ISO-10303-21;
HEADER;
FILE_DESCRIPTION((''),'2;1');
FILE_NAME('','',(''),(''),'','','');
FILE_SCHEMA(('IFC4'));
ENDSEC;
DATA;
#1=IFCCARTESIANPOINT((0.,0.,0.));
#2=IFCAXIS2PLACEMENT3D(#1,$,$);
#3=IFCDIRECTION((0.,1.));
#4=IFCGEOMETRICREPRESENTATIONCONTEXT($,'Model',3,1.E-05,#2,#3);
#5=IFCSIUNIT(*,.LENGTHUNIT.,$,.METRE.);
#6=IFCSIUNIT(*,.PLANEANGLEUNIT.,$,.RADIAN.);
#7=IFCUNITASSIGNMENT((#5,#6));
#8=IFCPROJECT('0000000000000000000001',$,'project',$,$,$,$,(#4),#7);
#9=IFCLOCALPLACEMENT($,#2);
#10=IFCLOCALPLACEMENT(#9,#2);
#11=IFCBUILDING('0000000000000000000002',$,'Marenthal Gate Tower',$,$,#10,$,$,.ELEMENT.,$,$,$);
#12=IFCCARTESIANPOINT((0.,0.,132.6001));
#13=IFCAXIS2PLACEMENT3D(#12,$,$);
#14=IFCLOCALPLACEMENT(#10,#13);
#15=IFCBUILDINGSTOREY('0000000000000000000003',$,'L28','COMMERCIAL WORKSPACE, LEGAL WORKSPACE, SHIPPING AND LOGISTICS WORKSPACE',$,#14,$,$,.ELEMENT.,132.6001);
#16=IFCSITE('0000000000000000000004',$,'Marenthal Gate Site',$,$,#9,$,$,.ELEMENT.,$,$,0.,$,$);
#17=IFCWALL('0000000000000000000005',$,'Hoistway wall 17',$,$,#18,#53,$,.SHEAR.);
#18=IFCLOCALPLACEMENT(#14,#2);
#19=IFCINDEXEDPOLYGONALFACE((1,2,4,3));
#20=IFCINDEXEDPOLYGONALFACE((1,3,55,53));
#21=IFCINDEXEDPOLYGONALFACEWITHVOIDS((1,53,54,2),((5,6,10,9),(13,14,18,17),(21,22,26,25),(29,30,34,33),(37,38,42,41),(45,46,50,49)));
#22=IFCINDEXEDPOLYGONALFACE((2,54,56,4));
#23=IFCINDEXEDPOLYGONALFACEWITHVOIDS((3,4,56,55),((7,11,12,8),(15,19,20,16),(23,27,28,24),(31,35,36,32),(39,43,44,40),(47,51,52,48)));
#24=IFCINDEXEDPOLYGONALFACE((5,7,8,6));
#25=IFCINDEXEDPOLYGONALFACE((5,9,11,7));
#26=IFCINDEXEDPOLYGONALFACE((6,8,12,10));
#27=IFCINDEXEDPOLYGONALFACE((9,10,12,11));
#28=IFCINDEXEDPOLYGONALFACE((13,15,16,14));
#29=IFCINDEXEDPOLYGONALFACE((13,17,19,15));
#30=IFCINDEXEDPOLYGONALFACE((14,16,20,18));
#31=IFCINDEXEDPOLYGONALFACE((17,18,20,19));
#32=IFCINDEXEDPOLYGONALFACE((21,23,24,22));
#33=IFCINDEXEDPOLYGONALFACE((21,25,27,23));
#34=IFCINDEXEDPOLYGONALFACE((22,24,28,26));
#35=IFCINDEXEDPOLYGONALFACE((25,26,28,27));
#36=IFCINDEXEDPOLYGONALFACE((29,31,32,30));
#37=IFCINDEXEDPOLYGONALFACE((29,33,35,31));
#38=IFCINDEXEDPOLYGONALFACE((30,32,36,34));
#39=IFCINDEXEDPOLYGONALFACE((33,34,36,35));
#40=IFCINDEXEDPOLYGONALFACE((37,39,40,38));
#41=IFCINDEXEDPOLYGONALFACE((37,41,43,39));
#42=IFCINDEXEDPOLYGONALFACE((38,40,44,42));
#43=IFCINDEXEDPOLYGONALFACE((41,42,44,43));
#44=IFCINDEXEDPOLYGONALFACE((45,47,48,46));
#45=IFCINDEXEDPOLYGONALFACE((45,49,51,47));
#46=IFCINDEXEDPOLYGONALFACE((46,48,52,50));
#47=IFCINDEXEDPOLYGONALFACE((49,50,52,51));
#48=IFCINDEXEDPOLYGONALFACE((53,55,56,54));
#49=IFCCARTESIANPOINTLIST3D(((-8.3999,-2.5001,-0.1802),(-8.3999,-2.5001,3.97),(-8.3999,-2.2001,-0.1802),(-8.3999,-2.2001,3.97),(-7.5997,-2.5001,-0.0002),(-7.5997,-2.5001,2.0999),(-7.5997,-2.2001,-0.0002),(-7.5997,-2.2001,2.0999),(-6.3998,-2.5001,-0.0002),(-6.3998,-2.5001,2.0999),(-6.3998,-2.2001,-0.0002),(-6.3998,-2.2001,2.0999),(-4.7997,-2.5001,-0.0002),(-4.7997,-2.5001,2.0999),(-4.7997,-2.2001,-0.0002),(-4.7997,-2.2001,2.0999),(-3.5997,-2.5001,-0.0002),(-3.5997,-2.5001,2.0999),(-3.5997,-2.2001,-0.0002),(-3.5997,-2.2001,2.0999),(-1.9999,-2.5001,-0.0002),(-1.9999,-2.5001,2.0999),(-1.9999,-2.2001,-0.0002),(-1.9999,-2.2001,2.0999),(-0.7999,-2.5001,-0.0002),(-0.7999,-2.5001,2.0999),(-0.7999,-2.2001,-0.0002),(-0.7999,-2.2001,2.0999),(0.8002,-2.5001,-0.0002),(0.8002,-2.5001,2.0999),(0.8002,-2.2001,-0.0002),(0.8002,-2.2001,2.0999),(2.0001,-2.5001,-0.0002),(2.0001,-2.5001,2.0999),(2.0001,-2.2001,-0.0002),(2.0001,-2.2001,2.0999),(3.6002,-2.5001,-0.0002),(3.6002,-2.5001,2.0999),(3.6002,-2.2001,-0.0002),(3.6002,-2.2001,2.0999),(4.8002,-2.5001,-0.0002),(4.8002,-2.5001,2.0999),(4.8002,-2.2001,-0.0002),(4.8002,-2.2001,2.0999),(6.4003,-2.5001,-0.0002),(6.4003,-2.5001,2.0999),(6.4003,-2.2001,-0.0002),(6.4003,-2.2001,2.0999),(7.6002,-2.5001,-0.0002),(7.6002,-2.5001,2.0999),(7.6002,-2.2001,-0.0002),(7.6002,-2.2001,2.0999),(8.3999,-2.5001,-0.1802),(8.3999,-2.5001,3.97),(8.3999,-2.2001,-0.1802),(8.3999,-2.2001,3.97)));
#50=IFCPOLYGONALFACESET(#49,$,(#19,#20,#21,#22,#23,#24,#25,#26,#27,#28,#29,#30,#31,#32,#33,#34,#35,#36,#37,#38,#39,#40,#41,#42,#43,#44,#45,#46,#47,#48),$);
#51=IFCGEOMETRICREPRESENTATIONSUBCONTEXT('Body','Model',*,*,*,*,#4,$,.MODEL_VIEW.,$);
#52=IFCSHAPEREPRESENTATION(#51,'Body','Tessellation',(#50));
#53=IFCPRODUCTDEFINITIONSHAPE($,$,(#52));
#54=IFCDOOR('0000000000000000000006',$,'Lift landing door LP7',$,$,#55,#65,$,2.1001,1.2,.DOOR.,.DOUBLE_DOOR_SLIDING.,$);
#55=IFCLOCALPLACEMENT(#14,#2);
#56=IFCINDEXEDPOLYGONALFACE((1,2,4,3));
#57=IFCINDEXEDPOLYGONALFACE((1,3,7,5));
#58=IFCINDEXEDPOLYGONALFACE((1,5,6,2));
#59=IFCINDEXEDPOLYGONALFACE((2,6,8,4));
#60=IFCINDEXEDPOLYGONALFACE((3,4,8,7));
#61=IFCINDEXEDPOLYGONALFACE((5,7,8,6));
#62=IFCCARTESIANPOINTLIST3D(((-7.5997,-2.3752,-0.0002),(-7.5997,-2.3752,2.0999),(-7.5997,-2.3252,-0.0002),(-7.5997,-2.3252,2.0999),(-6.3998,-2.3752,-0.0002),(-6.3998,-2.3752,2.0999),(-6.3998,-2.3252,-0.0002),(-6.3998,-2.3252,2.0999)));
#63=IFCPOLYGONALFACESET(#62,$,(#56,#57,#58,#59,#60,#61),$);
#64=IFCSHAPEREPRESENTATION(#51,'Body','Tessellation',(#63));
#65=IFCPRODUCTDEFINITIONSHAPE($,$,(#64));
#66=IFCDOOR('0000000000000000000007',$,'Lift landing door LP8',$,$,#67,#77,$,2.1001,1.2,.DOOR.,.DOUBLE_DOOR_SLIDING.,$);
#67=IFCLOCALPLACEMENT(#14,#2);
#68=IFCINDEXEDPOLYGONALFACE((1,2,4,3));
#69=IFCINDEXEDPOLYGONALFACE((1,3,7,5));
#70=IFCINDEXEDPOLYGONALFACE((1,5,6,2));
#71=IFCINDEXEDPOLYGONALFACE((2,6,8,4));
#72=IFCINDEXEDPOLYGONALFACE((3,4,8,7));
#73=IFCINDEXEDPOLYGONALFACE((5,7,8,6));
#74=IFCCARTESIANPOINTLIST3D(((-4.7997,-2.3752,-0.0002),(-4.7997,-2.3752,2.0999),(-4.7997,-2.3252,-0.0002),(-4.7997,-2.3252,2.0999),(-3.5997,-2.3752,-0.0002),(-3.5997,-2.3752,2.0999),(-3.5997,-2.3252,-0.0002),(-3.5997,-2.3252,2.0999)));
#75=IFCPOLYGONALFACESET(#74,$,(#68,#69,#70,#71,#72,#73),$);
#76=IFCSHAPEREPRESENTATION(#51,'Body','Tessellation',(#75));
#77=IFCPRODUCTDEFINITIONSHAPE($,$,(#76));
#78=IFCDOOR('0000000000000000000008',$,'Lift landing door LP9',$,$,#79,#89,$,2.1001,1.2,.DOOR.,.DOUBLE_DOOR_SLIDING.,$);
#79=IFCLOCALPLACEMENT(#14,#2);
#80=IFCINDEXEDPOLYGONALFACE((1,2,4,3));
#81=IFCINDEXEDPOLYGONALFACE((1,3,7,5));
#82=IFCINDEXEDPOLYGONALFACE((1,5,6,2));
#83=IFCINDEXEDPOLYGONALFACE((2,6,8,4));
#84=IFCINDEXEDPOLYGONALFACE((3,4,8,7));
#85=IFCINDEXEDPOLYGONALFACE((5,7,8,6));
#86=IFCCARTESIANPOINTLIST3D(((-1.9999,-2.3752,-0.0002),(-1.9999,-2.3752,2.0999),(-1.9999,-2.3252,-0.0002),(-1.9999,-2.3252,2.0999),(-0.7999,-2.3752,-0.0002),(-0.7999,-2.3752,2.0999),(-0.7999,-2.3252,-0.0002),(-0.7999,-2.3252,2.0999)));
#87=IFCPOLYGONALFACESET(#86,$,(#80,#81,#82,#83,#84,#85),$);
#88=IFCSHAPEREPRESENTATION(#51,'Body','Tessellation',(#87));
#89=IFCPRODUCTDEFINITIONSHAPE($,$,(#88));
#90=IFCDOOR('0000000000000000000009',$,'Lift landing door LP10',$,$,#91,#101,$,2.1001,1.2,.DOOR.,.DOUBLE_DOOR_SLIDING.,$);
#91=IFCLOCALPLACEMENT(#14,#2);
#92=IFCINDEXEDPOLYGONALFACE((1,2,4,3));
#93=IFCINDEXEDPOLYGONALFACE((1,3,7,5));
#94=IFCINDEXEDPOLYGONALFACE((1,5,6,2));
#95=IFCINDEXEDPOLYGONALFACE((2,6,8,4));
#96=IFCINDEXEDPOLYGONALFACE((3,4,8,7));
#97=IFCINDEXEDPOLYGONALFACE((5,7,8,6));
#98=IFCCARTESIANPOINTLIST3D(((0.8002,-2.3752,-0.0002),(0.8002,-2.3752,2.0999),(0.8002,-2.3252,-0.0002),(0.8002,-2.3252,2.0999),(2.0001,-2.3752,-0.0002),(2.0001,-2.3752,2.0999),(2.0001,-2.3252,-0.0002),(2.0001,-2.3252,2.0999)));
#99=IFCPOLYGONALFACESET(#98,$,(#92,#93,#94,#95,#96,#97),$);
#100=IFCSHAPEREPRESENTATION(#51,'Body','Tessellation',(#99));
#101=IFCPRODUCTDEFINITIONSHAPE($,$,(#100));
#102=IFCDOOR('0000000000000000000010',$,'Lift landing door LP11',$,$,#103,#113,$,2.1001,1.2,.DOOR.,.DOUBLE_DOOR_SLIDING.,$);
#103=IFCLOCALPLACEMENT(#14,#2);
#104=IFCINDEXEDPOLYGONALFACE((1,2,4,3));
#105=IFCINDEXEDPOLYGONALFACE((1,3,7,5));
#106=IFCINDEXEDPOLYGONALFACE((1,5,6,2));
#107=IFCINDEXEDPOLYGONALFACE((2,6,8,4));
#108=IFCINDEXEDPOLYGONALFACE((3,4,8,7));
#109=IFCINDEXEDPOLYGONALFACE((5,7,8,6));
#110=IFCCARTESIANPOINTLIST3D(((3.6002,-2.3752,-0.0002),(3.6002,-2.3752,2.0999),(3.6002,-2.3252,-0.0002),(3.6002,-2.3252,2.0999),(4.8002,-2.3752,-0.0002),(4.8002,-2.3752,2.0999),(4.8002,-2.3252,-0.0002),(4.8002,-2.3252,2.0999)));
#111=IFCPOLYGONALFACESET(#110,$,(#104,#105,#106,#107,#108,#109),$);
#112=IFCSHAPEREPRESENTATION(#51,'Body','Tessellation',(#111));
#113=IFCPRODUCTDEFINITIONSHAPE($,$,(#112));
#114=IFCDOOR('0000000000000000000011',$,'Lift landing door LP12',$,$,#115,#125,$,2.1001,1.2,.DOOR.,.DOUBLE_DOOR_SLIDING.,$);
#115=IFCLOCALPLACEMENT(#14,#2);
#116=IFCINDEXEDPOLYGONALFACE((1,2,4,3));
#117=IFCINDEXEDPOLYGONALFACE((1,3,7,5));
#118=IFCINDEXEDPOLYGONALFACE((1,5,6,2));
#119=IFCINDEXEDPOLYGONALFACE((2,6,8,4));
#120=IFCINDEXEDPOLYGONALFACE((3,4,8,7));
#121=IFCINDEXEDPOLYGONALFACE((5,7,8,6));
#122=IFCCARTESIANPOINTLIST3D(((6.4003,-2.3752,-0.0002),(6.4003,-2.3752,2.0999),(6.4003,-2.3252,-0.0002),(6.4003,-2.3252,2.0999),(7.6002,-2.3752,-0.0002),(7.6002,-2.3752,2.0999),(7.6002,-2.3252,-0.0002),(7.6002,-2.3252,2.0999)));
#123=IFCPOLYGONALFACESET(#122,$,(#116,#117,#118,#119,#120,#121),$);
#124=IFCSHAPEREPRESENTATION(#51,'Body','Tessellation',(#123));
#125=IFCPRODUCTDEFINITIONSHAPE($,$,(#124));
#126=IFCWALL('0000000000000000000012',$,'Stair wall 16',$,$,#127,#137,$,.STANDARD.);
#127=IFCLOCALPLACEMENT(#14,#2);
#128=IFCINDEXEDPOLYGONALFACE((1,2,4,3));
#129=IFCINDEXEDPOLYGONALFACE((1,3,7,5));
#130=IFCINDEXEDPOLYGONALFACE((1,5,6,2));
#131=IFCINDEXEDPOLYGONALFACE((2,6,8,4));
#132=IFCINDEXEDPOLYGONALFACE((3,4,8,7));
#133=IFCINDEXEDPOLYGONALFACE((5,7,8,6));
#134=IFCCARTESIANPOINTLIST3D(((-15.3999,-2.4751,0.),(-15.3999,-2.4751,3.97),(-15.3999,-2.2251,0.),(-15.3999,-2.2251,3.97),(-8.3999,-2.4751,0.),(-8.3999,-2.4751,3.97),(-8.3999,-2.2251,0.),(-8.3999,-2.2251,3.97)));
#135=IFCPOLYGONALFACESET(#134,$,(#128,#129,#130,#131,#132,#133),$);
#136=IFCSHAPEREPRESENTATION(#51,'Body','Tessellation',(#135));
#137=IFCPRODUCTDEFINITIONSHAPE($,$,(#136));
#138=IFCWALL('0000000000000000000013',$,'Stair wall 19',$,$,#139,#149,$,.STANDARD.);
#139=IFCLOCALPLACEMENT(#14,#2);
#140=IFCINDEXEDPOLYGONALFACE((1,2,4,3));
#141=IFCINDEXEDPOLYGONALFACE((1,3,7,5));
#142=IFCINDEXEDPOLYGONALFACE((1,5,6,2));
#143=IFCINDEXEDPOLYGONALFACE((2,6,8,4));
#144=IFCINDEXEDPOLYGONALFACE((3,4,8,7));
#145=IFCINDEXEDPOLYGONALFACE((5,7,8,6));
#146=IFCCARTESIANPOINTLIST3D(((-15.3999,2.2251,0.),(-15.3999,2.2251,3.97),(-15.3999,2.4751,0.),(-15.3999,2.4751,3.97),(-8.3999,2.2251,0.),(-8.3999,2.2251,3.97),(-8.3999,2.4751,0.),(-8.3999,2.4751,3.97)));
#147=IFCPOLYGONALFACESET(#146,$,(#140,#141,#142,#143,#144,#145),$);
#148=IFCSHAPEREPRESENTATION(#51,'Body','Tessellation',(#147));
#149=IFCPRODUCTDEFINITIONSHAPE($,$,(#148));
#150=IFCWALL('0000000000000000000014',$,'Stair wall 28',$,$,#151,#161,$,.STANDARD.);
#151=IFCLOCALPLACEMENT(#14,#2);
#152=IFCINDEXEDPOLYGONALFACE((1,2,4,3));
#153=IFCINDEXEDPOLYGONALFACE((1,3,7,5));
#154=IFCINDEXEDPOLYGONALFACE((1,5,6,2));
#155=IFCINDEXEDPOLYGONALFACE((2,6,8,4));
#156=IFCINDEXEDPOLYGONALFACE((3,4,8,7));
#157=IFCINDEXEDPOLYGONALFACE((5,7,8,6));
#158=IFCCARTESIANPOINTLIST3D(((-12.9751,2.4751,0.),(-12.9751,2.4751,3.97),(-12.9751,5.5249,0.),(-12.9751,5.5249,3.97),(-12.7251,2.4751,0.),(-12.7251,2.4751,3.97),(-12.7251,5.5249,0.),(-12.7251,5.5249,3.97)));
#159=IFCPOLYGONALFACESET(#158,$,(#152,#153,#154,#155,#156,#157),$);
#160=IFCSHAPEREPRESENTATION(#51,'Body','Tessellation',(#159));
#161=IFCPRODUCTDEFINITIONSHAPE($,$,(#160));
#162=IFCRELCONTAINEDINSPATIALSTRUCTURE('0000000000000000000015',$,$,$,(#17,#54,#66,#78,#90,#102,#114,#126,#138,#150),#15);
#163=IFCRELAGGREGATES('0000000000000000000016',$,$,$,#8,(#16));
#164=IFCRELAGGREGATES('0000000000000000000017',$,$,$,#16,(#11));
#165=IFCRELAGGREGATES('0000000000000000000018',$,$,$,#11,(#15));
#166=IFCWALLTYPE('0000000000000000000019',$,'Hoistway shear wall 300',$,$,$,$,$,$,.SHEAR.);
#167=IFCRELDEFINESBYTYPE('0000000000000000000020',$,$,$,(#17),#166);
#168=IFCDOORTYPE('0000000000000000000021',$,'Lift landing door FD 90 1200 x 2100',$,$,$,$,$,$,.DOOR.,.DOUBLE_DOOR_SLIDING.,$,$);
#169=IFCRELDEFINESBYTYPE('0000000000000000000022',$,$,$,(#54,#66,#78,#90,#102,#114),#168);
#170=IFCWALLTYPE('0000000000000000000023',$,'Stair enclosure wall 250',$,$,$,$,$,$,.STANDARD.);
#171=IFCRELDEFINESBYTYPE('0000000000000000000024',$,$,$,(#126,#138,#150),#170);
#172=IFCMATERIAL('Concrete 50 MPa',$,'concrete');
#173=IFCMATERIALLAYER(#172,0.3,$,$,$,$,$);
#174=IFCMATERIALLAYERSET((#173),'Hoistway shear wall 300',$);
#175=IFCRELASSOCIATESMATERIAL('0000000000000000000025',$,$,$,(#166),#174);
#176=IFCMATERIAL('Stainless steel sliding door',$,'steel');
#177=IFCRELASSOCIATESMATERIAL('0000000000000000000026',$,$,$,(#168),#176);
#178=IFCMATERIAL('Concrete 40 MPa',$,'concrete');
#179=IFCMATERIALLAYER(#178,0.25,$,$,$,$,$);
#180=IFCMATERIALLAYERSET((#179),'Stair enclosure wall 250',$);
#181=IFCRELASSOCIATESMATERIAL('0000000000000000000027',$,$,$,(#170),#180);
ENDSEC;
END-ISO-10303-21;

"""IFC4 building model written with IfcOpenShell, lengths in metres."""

from ifc_helpers import new_model, si_unit, direction, frame, frame_2d, origin, place, context, subcontext, project, spatial, rectangle, extrude, material, layer, layer_set, type_object, element, fill, save


model = new_model("IFC4")

# Units and contexts
model_context = context("Model", 3, precision=1e-05, world=origin(), true_north=direction((0.0, 1.0)))
body_context = subcontext(model_context, "Body", "Model", "MODEL_VIEW")
ifc_project = project(units=[si_unit("LENGTHUNIT", "METRE"), si_unit("PLANEANGLEUNIT", "RADIAN")], contexts=[model_context])

# Site, building, storey
site_placement = place(None, origin())
site = spatial("IfcSite", under=ifc_project, at=site_placement, Name="Marenthal Gate Site", CompositionType="ELEMENT", RefElevation=0.0)
building_placement = place(site_placement, origin())
building = spatial("IfcBuilding", under=site, at=building_placement, Name="Marenthal Gate Tower", CompositionType="ELEMENT")
storey_placement = place(building_placement, frame((0.0, 0.0, 132.6001)))
storey = spatial("IfcBuildingStorey", under=building, at=storey_placement, Name="L28", Description="COMMERCIAL WORKSPACE, LEGAL WORKSPACE, SHIPPING AND LOGISTICS WORKSPACE", CompositionType="ELEMENT", Elevation=132.6001)

# Wall, openings, doors
ifc_material_1 = material(Name="Concrete 50 MPa", Category="concrete")
ifc_layer_1 = layer(ifc_material_1, 0.3)
ifc_layer_set_1 = layer_set([ifc_layer_1], Name="Hoistway shear wall 300")
wall_type_1 = type_object("IfcWallType", Name="Hoistway shear wall 300", PredefinedType="SHEAR", material=ifc_layer_set_1)
wall_1_placement = place(storey_placement, frame((-8.3999, -2.3501, -0.1802), z_axis=(0.0, 0.0, 1.0), x_axis=(1.0, 0.0, 0.0)))
wall_1 = element("IfcWall", 1, at=wall_1_placement, inside=storey, type_object=wall_type_1, Name="Hoistway wall 17", PredefinedType="SHEAR", context=body_context, shape_type="SweptSolid", body=[
    extrude(rectangle(XDim=16.7998, YDim=0.3, at=frame_2d((8.3999, 0.0))), origin(), (0.0, 0.0, 1.0), 4.1501),
])
opening_1_placement = place(wall_1_placement, frame((0.8, 0.0, 0.1799)))
opening_1 = element("IfcOpeningElement", 2, at=opening_1_placement, cuts=wall_1, PredefinedType="OPENING", context=body_context, shape_type="SweptSolid", body=[
    extrude(rectangle(XDim=1.2, YDim=2.1001, at=frame_2d((0.6001, 1.05))), frame((0.0, 0.1602, 0.0), z_axis=(0.0, -1.0, 0.0), x_axis=(1.0, 0.0, 0.0)), (0.0, 0.0, 1.0), 0.3201),
])
opening_2_placement = place(wall_1_placement, frame((3.6001, 0.0, 0.1799)))
opening_2 = element("IfcOpeningElement", 3, at=opening_2_placement, cuts=wall_1, PredefinedType="OPENING", context=body_context, shape_type="SweptSolid", body=[
    extrude(rectangle(XDim=1.2, YDim=2.1001, at=frame_2d((0.6001, 1.05))), frame((0.0, 0.1602, 0.0), z_axis=(0.0, -1.0, 0.0), x_axis=(1.0, 0.0, 0.0)), (0.0, 0.0, 1.0), 0.3201),
])
opening_3_placement = place(wall_1_placement, frame((6.3999, 0.0, 0.1799)))
opening_3 = element("IfcOpeningElement", 4, at=opening_3_placement, cuts=wall_1, PredefinedType="OPENING", context=body_context, shape_type="SweptSolid", body=[
    extrude(rectangle(XDim=1.2, YDim=2.1001, at=frame_2d((0.6001, 1.05))), frame((0.0, 0.1602, 0.0), z_axis=(0.0, -1.0, 0.0), x_axis=(1.0, 0.0, 0.0)), (0.0, 0.0, 1.0), 0.3201),
])
opening_4_placement = place(wall_1_placement, frame((9.2, 0.0, 0.1799)))
opening_4 = element("IfcOpeningElement", 5, at=opening_4_placement, cuts=wall_1, PredefinedType="OPENING", context=body_context, shape_type="SweptSolid", body=[
    extrude(rectangle(XDim=1.2, YDim=2.1001, at=frame_2d((0.6001, 1.05))), frame((0.0, 0.1602, 0.0), z_axis=(0.0, -1.0, 0.0), x_axis=(1.0, 0.0, 0.0)), (0.0, 0.0, 1.0), 0.3201),
])
opening_5_placement = place(wall_1_placement, frame((12.0, 0.0, 0.1799)))
opening_5 = element("IfcOpeningElement", 6, at=opening_5_placement, cuts=wall_1, PredefinedType="OPENING", context=body_context, shape_type="SweptSolid", body=[
    extrude(rectangle(XDim=1.2, YDim=2.1001, at=frame_2d((0.6001, 1.05))), frame((0.0, 0.1602, 0.0), z_axis=(0.0, -1.0, 0.0), x_axis=(1.0, 0.0, 0.0)), (0.0, 0.0, 1.0), 0.3201),
])
opening_6_placement = place(wall_1_placement, frame((14.8, 0.0, 0.1799)))
opening_6 = element("IfcOpeningElement", 7, at=opening_6_placement, cuts=wall_1, PredefinedType="OPENING", context=body_context, shape_type="SweptSolid", body=[
    extrude(rectangle(XDim=1.2, YDim=2.1001, at=frame_2d((0.6001, 1.05))), frame((0.0, 0.1602, 0.0), z_axis=(0.0, -1.0, 0.0), x_axis=(1.0, 0.0, 0.0)), (0.0, 0.0, 1.0), 0.3201),
])
ifc_material_2 = material(Name="Stainless steel sliding door", Category="steel")
door_type_1 = type_object("IfcDoorType", Name="Lift landing door FD 90 1200 x 2100", OperationType="DOUBLE_DOOR_SLIDING", PredefinedType="DOOR", material=ifc_material_2)
door_1_placement = place(opening_1_placement, origin())
door_1 = element("IfcDoor", 8, at=door_1_placement, inside=storey, type_object=door_type_1, Name="Lift landing door LP7", OperationType="DOUBLE_DOOR_SLIDING", OverallHeight=2.1001, OverallWidth=1.2, PredefinedType="DOOR", context=body_context, shape_type="SweptSolid", body=[
    extrude(rectangle(XDim=1.2, YDim=2.1001, at=frame_2d((0.6001, 1.05))), frame((0.0, 0.0249, 0.0), z_axis=(0.0, -1.0, 0.0), x_axis=(1.0, 0.0, 0.0)), (0.0, 0.0, 1.0), 0.05),
])
fill(opening_1, door_1)
door_2_placement = place(opening_2_placement, origin())
door_2 = element("IfcDoor", 9, at=door_2_placement, inside=storey, type_object=door_type_1, Name="Lift landing door LP8", OperationType="DOUBLE_DOOR_SLIDING", OverallHeight=2.1001, OverallWidth=1.2, PredefinedType="DOOR", context=body_context, shape_type="SweptSolid", body=[
    extrude(rectangle(XDim=1.2, YDim=2.1001, at=frame_2d((0.6001, 1.05))), frame((0.0, 0.0249, 0.0), z_axis=(0.0, -1.0, 0.0), x_axis=(1.0, 0.0, 0.0)), (0.0, 0.0, 1.0), 0.05),
])
fill(opening_2, door_2)
door_3_placement = place(opening_3_placement, origin())
door_3 = element("IfcDoor", 10, at=door_3_placement, inside=storey, type_object=door_type_1, Name="Lift landing door LP9", OperationType="DOUBLE_DOOR_SLIDING", OverallHeight=2.1001, OverallWidth=1.2, PredefinedType="DOOR", context=body_context, shape_type="SweptSolid", body=[
    extrude(rectangle(XDim=1.2, YDim=2.1001, at=frame_2d((0.6001, 1.05))), frame((0.0, 0.0249, 0.0), z_axis=(0.0, -1.0, 0.0), x_axis=(1.0, 0.0, 0.0)), (0.0, 0.0, 1.0), 0.05),
])
fill(opening_3, door_3)
door_4_placement = place(opening_4_placement, origin())
door_4 = element("IfcDoor", 11, at=door_4_placement, inside=storey, type_object=door_type_1, Name="Lift landing door LP10", OperationType="DOUBLE_DOOR_SLIDING", OverallHeight=2.1001, OverallWidth=1.2, PredefinedType="DOOR", context=body_context, shape_type="SweptSolid", body=[
    extrude(rectangle(XDim=1.2, YDim=2.1001, at=frame_2d((0.6001, 1.05))), frame((0.0, 0.0249, 0.0), z_axis=(0.0, -1.0, 0.0), x_axis=(1.0, 0.0, 0.0)), (0.0, 0.0, 1.0), 0.05),
])
fill(opening_4, door_4)
door_5_placement = place(opening_5_placement, origin())
door_5 = element("IfcDoor", 12, at=door_5_placement, inside=storey, type_object=door_type_1, Name="Lift landing door LP11", OperationType="DOUBLE_DOOR_SLIDING", OverallHeight=2.1001, OverallWidth=1.2, PredefinedType="DOOR", context=body_context, shape_type="SweptSolid", body=[
    extrude(rectangle(XDim=1.2, YDim=2.1001, at=frame_2d((0.6001, 1.05))), frame((0.0, 0.0249, 0.0), z_axis=(0.0, -1.0, 0.0), x_axis=(1.0, 0.0, 0.0)), (0.0, 0.0, 1.0), 0.05),
])
fill(opening_5, door_5)
door_6_placement = place(opening_6_placement, origin())
door_6 = element("IfcDoor", 13, at=door_6_placement, inside=storey, type_object=door_type_1, Name="Lift landing door LP12", OperationType="DOUBLE_DOOR_SLIDING", OverallHeight=2.1001, OverallWidth=1.2, PredefinedType="DOOR", context=body_context, shape_type="SweptSolid", body=[
    extrude(rectangle(XDim=1.2, YDim=2.1001, at=frame_2d((0.6001, 1.05))), frame((0.0, 0.0249, 0.0), z_axis=(0.0, -1.0, 0.0), x_axis=(1.0, 0.0, 0.0)), (0.0, 0.0, 1.0), 0.05),
])
fill(opening_6, door_6)

# Walls
ifc_material_3 = material(Name="Concrete 40 MPa", Category="concrete")
ifc_layer_2 = layer(ifc_material_3, 0.25)
ifc_layer_set_2 = layer_set([ifc_layer_2], Name="Stair enclosure wall 250")
wall_type_2 = type_object("IfcWallType", Name="Stair enclosure wall 250", PredefinedType="STANDARD", material=ifc_layer_set_2)
for number, where, z_axis, x_axis, name in (
    (14, (-15.3999, -2.3501, 0.0), (0.0, 0.0, 1.0), (1.0, 0.0, 0.0), "Stair wall 16"),
    (15, (-15.3999, 2.3501, 0.0), (0.0, 0.0, 1.0), (1.0, 0.0, 0.0), "Stair wall 19"),
):
    element("IfcWall", number, at=place(storey_placement, frame(where, z_axis=z_axis, x_axis=x_axis)), inside=storey, type_object=wall_type_2, Name=name, PredefinedType="STANDARD", context=body_context, shape_type="SweptSolid", body=[
        extrude(rectangle(XDim=7.0, YDim=0.25, at=frame_2d((3.5, 0.0))), origin(), (0.0, 0.0, 1.0), 3.97),
    ])
wall_2_placement = place(storey_placement, frame((-12.8501, 2.4751, 0.0), z_axis=(0.0, 0.0, 1.0), x_axis=(0.0, 1.0, 0.0)))
element("IfcWall", 16, at=wall_2_placement, inside=storey, type_object=wall_type_2, Name="Stair wall 28", PredefinedType="STANDARD", context=body_context, shape_type="SweptSolid", body=[
    extrude(rectangle(XDim=3.0498, YDim=0.25, at=frame_2d((1.5249, 0.0))), origin(), (0.0, 0.0, 1.0), 3.97),
])

save(model, "model.ifc")
